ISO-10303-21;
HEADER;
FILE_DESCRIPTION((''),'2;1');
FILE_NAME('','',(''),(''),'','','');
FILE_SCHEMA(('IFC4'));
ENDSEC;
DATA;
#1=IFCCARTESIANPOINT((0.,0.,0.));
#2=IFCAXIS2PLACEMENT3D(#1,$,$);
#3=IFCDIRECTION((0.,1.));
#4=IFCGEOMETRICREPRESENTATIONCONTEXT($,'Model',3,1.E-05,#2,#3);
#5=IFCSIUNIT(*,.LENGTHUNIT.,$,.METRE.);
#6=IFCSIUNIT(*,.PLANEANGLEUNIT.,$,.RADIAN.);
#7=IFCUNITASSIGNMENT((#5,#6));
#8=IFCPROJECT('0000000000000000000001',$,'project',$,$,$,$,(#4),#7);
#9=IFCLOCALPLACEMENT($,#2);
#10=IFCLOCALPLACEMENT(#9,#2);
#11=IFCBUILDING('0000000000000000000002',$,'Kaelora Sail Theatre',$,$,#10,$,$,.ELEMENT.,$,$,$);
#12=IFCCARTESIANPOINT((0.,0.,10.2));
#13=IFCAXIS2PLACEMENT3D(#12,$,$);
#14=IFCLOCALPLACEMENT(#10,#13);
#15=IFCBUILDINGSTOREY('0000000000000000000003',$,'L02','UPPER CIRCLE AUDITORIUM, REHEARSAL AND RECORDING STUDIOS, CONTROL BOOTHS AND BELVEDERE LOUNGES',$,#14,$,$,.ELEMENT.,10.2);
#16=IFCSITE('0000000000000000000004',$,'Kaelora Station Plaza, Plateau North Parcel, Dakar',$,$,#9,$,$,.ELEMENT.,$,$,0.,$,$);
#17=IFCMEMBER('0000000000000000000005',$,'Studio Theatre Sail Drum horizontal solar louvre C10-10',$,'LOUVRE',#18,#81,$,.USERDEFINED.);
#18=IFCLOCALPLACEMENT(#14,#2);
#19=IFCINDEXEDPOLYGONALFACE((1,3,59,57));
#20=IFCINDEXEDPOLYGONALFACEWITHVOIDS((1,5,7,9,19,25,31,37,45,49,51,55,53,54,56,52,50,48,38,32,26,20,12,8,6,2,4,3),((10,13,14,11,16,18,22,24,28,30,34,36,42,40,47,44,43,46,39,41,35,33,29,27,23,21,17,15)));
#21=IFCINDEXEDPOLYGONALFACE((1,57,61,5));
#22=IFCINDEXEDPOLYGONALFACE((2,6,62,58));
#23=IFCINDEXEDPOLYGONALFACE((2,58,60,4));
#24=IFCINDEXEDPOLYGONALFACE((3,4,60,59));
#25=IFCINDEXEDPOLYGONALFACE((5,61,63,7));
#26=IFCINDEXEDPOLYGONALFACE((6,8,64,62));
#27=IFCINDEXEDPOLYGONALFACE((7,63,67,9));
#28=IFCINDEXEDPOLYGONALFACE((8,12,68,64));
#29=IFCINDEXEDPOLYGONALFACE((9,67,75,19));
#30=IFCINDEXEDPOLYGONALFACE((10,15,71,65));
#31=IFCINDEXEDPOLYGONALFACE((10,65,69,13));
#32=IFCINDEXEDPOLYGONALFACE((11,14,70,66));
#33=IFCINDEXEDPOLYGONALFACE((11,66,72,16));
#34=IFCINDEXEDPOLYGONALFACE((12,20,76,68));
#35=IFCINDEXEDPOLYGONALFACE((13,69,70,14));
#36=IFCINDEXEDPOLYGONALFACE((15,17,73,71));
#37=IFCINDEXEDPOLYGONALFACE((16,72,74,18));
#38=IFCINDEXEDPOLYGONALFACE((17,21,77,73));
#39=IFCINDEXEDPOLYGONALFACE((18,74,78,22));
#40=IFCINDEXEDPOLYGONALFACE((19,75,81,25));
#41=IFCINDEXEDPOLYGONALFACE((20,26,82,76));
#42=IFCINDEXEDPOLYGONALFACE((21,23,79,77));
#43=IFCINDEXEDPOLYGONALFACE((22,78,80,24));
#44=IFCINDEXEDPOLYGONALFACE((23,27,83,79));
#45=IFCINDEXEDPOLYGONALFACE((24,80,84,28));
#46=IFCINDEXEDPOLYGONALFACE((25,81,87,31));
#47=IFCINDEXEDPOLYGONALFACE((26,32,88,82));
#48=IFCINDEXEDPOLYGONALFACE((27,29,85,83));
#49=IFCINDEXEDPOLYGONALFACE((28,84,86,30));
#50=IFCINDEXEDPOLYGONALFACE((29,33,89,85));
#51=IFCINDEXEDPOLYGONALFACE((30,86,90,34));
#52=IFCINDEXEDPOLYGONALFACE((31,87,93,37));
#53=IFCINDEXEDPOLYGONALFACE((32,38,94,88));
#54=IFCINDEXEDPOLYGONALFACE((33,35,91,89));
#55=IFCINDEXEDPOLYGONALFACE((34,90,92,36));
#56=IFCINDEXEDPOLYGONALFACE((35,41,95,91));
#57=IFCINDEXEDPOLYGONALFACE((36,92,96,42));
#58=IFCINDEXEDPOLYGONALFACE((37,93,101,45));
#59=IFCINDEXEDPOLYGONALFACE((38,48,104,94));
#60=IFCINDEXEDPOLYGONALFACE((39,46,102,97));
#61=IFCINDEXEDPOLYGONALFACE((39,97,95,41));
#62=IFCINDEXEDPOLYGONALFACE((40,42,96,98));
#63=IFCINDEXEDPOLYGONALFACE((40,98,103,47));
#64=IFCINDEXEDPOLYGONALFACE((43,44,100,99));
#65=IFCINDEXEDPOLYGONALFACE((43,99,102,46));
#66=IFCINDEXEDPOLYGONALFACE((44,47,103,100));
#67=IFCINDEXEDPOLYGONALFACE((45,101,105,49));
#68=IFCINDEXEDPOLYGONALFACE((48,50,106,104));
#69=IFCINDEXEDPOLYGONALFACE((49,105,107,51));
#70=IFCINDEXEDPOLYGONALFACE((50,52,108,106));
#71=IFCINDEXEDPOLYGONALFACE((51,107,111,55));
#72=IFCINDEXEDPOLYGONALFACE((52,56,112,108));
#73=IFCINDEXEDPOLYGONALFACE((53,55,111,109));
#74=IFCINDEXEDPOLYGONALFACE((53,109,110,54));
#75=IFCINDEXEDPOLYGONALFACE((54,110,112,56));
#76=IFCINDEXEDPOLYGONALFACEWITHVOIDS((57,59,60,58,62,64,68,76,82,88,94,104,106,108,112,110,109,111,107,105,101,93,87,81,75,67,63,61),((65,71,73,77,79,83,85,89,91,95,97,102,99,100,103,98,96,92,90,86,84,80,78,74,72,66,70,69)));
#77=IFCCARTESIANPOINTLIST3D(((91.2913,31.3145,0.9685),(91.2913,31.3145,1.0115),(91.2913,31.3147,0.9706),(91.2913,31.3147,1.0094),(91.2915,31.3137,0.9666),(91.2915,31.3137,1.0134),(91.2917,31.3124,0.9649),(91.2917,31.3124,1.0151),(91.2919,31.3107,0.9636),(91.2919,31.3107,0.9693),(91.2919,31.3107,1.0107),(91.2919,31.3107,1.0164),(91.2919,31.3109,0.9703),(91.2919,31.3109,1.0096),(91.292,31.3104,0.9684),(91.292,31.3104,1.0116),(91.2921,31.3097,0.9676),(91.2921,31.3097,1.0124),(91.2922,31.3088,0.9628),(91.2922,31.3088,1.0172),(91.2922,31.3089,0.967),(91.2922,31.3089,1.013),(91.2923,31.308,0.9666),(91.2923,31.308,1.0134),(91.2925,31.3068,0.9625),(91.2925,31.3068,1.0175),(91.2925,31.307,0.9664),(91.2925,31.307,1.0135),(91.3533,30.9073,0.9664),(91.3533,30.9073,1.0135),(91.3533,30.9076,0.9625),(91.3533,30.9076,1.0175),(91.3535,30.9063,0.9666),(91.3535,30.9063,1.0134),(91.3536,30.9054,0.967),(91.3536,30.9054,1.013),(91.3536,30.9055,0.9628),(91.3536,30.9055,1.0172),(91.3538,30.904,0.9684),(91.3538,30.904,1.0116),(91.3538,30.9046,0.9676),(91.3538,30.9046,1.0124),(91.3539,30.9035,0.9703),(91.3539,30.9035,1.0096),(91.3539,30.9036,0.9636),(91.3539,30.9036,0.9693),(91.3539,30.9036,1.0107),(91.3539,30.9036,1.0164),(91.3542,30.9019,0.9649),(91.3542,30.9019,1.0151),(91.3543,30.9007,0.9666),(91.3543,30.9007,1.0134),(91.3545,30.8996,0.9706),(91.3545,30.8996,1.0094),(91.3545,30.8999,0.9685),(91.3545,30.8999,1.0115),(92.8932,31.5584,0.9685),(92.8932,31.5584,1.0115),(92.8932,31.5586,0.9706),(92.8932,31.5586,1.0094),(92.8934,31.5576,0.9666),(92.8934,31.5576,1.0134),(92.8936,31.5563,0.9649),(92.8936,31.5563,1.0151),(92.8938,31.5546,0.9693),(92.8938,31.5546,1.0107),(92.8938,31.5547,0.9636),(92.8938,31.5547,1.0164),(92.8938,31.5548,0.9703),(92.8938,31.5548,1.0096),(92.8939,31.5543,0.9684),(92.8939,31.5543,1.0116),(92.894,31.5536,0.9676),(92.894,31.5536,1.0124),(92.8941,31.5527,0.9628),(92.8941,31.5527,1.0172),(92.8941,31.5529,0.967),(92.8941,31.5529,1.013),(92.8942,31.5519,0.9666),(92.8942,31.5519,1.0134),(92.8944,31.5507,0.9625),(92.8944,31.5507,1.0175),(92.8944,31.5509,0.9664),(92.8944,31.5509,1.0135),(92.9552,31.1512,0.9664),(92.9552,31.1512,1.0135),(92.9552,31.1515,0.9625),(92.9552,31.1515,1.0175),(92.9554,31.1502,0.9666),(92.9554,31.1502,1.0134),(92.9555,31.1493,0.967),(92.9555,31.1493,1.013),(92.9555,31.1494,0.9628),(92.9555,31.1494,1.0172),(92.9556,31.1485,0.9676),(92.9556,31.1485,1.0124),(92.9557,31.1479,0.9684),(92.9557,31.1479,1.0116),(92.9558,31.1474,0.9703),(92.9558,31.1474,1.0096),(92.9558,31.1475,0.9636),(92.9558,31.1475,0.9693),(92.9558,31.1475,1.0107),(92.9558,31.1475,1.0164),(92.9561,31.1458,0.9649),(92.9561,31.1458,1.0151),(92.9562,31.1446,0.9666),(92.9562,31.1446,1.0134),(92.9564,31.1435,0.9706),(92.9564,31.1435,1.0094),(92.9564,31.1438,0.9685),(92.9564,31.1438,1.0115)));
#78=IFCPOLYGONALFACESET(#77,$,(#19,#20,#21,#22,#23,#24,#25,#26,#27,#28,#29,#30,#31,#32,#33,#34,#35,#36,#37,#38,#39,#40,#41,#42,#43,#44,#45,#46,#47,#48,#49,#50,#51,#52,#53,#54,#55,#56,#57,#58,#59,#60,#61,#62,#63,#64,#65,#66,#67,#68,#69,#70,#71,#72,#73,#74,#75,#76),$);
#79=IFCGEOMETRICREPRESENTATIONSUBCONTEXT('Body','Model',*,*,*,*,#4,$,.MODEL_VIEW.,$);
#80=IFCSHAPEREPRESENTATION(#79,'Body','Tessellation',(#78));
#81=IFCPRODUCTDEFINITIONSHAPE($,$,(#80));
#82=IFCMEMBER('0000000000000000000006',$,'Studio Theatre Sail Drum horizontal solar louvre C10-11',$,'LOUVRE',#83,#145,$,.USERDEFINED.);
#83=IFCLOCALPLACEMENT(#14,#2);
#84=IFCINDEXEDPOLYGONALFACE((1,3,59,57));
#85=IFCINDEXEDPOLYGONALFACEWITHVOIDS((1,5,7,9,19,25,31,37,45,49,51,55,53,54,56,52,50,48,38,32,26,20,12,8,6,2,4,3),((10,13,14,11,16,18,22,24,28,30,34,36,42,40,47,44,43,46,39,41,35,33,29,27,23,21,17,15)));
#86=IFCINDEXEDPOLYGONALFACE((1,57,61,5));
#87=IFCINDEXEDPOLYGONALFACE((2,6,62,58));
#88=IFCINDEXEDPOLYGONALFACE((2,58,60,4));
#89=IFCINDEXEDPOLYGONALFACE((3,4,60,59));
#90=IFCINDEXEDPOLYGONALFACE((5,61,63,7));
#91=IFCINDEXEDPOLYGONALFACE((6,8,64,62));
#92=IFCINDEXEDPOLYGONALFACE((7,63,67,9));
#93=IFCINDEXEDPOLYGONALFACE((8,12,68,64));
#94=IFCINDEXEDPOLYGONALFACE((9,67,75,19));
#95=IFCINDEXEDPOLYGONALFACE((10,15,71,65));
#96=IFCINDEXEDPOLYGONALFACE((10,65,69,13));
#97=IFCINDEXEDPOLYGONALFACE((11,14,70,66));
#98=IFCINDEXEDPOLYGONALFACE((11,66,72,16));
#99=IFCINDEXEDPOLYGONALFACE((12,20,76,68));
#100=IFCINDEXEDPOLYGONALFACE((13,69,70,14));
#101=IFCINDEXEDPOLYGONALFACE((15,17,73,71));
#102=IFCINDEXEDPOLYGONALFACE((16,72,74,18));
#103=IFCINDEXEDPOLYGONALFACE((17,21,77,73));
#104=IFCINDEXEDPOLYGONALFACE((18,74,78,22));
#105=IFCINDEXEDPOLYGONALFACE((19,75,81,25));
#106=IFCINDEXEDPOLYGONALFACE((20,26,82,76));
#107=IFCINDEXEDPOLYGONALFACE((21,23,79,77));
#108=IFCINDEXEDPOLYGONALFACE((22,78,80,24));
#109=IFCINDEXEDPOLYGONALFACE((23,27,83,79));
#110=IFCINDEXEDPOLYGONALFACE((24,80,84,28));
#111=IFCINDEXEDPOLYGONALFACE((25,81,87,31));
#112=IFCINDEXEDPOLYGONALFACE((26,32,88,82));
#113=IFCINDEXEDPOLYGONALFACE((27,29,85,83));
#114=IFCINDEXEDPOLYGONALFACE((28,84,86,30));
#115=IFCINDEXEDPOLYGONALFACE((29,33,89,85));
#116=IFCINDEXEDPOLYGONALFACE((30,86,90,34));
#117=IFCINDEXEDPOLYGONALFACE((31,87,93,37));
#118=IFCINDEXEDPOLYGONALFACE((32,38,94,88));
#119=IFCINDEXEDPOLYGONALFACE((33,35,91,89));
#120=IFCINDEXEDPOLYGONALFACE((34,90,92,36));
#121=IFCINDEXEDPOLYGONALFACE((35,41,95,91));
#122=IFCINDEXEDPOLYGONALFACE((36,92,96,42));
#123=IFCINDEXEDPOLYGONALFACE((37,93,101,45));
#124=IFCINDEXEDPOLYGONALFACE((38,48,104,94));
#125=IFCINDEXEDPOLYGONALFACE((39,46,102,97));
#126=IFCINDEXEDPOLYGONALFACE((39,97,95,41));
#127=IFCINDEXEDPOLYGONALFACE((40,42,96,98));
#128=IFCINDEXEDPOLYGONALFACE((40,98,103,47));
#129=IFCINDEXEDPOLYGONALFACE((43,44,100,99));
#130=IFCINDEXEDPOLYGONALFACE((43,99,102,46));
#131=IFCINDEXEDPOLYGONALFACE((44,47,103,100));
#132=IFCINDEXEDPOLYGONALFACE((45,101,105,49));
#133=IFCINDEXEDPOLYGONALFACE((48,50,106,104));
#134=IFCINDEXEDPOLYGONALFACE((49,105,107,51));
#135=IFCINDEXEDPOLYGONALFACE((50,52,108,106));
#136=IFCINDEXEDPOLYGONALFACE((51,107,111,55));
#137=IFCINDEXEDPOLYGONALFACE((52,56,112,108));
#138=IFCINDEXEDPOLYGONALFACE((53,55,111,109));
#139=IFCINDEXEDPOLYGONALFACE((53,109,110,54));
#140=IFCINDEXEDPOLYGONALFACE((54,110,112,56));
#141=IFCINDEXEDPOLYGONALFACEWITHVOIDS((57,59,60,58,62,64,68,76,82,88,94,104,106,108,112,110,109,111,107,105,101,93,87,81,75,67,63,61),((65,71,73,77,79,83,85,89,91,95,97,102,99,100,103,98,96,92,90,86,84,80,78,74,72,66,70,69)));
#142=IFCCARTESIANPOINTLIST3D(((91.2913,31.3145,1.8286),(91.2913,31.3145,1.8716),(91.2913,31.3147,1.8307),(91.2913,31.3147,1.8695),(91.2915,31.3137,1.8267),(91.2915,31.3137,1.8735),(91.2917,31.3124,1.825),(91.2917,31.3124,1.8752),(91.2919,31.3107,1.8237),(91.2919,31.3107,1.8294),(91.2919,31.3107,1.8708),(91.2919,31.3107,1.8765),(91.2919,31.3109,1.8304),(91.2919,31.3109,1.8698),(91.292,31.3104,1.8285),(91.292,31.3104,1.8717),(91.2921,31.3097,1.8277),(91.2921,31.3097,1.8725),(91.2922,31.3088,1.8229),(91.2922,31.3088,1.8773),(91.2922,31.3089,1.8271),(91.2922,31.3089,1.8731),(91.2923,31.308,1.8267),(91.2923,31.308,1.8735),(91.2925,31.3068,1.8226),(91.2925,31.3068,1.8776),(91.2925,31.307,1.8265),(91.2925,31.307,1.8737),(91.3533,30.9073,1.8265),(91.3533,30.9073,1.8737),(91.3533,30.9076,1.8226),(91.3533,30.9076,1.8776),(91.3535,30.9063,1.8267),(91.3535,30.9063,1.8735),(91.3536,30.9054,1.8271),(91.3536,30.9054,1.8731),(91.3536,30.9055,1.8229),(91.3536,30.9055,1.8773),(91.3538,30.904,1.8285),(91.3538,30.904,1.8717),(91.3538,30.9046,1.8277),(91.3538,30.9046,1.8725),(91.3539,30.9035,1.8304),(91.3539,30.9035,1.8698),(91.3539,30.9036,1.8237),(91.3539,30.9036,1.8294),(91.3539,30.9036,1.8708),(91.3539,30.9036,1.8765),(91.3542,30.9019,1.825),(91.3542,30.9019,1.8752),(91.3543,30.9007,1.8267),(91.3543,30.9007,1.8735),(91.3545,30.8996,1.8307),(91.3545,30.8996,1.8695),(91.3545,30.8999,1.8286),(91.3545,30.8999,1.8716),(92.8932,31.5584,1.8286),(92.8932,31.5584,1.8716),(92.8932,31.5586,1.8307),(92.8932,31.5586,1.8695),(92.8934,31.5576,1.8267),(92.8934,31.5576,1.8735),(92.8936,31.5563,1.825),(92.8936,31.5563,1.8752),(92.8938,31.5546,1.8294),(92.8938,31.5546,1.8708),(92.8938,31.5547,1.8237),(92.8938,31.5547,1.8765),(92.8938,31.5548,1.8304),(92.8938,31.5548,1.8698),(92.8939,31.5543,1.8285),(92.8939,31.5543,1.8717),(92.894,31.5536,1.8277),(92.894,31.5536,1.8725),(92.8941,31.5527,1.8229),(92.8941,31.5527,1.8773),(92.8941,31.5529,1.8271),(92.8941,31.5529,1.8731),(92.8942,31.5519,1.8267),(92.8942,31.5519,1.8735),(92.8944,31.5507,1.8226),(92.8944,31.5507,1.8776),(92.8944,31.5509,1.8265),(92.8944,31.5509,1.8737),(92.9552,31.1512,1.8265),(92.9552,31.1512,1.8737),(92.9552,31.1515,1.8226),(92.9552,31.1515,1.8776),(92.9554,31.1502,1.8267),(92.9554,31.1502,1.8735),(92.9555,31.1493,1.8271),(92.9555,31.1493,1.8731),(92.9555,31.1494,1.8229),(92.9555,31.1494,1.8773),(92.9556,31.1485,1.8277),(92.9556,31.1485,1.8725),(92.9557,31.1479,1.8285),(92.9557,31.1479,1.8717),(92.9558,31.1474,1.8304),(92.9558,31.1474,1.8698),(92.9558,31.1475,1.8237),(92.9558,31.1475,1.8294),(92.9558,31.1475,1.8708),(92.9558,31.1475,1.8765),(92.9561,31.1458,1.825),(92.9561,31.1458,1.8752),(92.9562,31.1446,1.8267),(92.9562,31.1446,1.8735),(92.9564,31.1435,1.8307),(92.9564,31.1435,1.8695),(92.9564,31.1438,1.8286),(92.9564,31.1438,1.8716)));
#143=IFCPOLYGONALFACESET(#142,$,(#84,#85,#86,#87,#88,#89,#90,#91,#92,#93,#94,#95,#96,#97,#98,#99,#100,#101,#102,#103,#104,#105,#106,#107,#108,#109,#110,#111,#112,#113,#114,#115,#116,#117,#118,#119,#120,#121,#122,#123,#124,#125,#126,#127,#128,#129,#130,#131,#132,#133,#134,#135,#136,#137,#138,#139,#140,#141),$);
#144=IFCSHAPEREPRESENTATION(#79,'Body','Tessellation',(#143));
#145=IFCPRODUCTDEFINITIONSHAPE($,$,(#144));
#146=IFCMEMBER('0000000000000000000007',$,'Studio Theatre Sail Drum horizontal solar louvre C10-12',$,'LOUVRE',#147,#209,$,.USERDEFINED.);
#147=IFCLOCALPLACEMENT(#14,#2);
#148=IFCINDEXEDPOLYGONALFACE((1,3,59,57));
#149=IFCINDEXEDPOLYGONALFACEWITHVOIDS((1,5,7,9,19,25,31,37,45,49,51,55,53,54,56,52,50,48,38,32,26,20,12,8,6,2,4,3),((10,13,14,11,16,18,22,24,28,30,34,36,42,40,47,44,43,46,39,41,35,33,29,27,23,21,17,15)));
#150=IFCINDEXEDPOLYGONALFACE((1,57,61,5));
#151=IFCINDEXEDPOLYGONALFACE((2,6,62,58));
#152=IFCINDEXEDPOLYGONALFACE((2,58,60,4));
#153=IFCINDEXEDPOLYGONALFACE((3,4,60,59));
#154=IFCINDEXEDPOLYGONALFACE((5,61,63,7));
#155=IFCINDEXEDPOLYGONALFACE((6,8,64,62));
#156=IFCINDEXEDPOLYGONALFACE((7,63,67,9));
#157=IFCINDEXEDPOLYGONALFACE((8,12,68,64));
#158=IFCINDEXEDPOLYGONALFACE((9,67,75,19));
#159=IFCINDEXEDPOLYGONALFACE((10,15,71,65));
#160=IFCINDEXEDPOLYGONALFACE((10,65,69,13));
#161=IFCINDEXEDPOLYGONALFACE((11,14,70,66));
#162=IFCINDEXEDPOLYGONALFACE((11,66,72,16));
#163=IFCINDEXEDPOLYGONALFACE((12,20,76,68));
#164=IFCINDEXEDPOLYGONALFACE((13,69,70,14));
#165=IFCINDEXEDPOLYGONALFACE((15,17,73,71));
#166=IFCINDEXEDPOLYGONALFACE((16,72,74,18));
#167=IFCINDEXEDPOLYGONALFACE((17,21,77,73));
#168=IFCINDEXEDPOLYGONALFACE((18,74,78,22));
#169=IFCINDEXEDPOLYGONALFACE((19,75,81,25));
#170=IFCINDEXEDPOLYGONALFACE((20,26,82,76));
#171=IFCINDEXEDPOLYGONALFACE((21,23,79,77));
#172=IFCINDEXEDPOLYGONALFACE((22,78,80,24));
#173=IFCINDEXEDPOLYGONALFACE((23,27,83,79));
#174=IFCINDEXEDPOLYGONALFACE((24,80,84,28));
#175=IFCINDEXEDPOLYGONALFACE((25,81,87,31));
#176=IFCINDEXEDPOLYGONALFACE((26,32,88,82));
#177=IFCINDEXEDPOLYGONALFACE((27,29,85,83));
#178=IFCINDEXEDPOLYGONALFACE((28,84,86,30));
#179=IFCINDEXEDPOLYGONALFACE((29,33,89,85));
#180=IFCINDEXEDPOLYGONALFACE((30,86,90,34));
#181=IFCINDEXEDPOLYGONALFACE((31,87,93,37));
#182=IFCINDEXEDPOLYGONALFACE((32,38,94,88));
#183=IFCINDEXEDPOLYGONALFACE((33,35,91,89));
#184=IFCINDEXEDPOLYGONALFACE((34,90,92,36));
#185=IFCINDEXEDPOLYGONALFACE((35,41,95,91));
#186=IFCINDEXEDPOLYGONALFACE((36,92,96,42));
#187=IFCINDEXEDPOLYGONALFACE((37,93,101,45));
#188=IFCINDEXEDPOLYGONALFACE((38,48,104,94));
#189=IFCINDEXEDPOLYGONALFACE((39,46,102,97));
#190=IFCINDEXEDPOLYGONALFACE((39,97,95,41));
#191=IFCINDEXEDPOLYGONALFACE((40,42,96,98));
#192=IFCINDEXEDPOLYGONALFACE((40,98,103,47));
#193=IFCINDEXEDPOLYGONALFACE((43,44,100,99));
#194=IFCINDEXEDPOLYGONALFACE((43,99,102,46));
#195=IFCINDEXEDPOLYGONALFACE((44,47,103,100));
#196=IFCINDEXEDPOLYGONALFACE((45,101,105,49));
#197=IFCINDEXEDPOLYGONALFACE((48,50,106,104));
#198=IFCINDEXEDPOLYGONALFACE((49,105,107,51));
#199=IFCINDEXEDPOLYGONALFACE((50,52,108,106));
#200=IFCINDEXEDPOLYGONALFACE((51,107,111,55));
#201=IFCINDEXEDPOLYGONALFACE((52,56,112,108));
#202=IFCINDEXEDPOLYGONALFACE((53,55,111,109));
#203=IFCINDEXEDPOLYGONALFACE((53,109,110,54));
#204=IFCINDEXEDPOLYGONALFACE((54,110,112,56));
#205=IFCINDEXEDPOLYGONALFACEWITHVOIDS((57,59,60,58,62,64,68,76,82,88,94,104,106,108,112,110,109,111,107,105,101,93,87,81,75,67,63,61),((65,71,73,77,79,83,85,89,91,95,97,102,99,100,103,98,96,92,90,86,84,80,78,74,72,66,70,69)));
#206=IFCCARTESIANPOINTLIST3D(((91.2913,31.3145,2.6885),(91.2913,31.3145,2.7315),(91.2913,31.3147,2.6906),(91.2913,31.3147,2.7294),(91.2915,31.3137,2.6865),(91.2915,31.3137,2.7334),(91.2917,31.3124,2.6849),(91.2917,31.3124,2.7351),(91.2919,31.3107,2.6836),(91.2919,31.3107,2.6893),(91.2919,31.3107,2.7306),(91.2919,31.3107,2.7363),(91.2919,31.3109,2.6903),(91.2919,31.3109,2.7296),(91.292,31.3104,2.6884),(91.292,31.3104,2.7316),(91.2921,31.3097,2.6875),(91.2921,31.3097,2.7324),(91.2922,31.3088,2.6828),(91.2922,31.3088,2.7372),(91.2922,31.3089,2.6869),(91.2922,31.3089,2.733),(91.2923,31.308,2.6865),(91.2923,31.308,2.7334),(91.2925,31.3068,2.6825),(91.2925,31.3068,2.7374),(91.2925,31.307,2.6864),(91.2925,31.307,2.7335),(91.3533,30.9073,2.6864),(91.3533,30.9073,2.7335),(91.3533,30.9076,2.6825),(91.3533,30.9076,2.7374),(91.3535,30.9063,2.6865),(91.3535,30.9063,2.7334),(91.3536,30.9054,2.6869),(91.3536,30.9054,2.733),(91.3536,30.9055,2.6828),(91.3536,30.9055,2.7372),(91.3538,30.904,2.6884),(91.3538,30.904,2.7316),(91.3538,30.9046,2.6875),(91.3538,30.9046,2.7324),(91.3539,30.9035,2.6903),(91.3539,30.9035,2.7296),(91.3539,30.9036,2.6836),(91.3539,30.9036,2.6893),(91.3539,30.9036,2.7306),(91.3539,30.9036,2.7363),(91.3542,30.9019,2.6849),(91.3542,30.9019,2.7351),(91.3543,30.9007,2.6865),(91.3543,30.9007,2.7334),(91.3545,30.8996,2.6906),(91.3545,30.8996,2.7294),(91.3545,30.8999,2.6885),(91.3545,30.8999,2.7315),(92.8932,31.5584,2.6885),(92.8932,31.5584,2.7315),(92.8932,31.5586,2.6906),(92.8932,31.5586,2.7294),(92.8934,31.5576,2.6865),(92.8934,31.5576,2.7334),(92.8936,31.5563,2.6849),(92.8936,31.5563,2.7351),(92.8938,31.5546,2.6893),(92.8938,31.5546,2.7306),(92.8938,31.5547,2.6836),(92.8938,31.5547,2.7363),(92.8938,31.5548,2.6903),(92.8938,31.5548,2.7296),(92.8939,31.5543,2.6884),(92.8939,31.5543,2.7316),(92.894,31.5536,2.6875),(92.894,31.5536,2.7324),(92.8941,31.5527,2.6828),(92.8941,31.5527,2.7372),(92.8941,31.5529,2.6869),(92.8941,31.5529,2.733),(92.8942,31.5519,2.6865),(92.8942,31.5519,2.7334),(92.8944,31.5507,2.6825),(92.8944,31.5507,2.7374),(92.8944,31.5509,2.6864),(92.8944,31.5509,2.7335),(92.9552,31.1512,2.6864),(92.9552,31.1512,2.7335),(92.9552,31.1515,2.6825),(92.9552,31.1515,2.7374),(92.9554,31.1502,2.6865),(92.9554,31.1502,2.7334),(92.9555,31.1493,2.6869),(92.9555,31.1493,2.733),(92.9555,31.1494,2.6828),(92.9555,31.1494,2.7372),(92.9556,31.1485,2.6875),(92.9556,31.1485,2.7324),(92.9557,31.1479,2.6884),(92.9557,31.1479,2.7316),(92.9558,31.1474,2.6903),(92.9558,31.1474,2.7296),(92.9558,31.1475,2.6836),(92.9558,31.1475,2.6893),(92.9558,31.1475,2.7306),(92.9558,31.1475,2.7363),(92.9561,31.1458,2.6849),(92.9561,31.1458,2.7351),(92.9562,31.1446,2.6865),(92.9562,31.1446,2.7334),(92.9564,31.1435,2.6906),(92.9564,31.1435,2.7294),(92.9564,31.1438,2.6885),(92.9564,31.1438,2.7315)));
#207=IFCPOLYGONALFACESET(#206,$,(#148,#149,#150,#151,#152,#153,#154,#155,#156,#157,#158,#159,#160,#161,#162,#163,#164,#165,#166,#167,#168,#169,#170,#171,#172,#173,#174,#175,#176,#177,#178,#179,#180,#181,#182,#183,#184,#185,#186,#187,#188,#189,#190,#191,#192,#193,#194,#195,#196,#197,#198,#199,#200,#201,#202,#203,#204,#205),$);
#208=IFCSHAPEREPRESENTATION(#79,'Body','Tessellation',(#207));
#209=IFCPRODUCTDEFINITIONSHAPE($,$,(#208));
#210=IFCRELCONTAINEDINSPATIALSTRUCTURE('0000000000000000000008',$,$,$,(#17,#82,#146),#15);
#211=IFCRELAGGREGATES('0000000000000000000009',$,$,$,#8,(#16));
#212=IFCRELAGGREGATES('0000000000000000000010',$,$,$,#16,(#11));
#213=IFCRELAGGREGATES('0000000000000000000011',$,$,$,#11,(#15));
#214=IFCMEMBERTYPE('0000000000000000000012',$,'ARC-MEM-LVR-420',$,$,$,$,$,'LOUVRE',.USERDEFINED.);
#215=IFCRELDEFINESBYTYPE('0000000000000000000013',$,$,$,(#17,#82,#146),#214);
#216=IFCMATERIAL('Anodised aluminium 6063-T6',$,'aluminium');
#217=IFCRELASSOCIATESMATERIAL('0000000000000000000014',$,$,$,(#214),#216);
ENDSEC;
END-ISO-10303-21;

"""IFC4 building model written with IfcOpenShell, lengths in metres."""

from ifc_helpers import new_model, si_unit, direction, frame, origin, origin_2d, place, context, subcontext, project, spatial, hollow_rectangle, extrude, material, material_profile, profile_set, type_object, element, save


model = new_model("IFC4")

# Units and contexts
model_context = context("Model", 3, precision=1e-05, world=origin(), true_north=direction((0.0, 1.0)))
body_context = subcontext(model_context, "Body", "Model", "MODEL_VIEW")
ifc_project = project(units=[si_unit("LENGTHUNIT", "METRE"), si_unit("PLANEANGLEUNIT", "RADIAN")], contexts=[model_context])

# Site, building, storey
site_placement = place(None, origin())
site = spatial("IfcSite", under=ifc_project, at=site_placement, Name="Kaelora Station Plaza, Plateau North Parcel, Dakar", CompositionType="ELEMENT", RefElevation=0.0)
building_placement = place(site_placement, origin())
building = spatial("IfcBuilding", under=site, at=building_placement, Name="Kaelora Sail Theatre", CompositionType="ELEMENT")
storey_placement = place(building_placement, frame((0.0, 0.0, 10.2)))
storey = spatial("IfcBuildingStorey", under=building, at=storey_placement, Name="L02", Description="UPPER CIRCLE AUDITORIUM, REHEARSAL AND RECORDING STUDIOS, CONTROL BOOTHS AND BELVEDERE LOUNGES", CompositionType="ELEMENT", Elevation=10.2)

# Members
ifc_material_1 = material(Name="Anodised aluminium 6063-T6", Category="aluminium")
ifc_material_profile_1 = material_profile(ifc_material_1, hollow_rectangle(XDim=0.4199, YDim=0.0549, WallThickness=0.0039, InnerFilletRadius=0.0039, OuterFilletRadius=0.0081, at=origin_2d()), Name="LOUVRE 420x55x4")
ifc_profile_set_1 = profile_set([ifc_material_profile_1], Name="Anodised aluminium 6063-T6")
member_type = type_object("IfcMemberType", Name="ARC-MEM-LVR-420", ElementType="LOUVRE", PredefinedType="USERDEFINED", material=ifc_profile_set_1)
for number, where, z_axis, x_axis, name in (
    (1, (92.9248, 31.3511, 0.99), (-0.988606, -0.150528, 0.0), (0.150528, -0.988606, 0.0), "Studio Theatre Sail Drum horizontal solar louvre C10-10"),
    (2, (92.9248, 31.3511, 1.8501), (-0.988606, -0.150528, 0.0), (0.150528, -0.988606, 0.0), "Studio Theatre Sail Drum horizontal solar louvre C10-11"),
    (3, (92.9248, 31.3511, 2.71), (-0.988606, -0.150528, 0.0), (0.150528, -0.988606, 0.0), "Studio Theatre Sail Drum horizontal solar louvre C10-12"),
):
    element("IfcMember", number, at=place(storey_placement, frame(where, z_axis=z_axis, x_axis=x_axis)), inside=storey, type_object=member_type, Name=name, ObjectType="LOUVRE", PredefinedType="USERDEFINED", context=body_context, shape_type="SweptSolid", body=[
        extrude(hollow_rectangle(XDim=0.4199, YDim=0.0549, WallThickness=0.0039, InnerFilletRadius=0.0039, OuterFilletRadius=0.0081, at=origin_2d()), origin(), (0.0, 0.0, 1.0), 1.6204),
    ])

save(model, "model.ifc")
